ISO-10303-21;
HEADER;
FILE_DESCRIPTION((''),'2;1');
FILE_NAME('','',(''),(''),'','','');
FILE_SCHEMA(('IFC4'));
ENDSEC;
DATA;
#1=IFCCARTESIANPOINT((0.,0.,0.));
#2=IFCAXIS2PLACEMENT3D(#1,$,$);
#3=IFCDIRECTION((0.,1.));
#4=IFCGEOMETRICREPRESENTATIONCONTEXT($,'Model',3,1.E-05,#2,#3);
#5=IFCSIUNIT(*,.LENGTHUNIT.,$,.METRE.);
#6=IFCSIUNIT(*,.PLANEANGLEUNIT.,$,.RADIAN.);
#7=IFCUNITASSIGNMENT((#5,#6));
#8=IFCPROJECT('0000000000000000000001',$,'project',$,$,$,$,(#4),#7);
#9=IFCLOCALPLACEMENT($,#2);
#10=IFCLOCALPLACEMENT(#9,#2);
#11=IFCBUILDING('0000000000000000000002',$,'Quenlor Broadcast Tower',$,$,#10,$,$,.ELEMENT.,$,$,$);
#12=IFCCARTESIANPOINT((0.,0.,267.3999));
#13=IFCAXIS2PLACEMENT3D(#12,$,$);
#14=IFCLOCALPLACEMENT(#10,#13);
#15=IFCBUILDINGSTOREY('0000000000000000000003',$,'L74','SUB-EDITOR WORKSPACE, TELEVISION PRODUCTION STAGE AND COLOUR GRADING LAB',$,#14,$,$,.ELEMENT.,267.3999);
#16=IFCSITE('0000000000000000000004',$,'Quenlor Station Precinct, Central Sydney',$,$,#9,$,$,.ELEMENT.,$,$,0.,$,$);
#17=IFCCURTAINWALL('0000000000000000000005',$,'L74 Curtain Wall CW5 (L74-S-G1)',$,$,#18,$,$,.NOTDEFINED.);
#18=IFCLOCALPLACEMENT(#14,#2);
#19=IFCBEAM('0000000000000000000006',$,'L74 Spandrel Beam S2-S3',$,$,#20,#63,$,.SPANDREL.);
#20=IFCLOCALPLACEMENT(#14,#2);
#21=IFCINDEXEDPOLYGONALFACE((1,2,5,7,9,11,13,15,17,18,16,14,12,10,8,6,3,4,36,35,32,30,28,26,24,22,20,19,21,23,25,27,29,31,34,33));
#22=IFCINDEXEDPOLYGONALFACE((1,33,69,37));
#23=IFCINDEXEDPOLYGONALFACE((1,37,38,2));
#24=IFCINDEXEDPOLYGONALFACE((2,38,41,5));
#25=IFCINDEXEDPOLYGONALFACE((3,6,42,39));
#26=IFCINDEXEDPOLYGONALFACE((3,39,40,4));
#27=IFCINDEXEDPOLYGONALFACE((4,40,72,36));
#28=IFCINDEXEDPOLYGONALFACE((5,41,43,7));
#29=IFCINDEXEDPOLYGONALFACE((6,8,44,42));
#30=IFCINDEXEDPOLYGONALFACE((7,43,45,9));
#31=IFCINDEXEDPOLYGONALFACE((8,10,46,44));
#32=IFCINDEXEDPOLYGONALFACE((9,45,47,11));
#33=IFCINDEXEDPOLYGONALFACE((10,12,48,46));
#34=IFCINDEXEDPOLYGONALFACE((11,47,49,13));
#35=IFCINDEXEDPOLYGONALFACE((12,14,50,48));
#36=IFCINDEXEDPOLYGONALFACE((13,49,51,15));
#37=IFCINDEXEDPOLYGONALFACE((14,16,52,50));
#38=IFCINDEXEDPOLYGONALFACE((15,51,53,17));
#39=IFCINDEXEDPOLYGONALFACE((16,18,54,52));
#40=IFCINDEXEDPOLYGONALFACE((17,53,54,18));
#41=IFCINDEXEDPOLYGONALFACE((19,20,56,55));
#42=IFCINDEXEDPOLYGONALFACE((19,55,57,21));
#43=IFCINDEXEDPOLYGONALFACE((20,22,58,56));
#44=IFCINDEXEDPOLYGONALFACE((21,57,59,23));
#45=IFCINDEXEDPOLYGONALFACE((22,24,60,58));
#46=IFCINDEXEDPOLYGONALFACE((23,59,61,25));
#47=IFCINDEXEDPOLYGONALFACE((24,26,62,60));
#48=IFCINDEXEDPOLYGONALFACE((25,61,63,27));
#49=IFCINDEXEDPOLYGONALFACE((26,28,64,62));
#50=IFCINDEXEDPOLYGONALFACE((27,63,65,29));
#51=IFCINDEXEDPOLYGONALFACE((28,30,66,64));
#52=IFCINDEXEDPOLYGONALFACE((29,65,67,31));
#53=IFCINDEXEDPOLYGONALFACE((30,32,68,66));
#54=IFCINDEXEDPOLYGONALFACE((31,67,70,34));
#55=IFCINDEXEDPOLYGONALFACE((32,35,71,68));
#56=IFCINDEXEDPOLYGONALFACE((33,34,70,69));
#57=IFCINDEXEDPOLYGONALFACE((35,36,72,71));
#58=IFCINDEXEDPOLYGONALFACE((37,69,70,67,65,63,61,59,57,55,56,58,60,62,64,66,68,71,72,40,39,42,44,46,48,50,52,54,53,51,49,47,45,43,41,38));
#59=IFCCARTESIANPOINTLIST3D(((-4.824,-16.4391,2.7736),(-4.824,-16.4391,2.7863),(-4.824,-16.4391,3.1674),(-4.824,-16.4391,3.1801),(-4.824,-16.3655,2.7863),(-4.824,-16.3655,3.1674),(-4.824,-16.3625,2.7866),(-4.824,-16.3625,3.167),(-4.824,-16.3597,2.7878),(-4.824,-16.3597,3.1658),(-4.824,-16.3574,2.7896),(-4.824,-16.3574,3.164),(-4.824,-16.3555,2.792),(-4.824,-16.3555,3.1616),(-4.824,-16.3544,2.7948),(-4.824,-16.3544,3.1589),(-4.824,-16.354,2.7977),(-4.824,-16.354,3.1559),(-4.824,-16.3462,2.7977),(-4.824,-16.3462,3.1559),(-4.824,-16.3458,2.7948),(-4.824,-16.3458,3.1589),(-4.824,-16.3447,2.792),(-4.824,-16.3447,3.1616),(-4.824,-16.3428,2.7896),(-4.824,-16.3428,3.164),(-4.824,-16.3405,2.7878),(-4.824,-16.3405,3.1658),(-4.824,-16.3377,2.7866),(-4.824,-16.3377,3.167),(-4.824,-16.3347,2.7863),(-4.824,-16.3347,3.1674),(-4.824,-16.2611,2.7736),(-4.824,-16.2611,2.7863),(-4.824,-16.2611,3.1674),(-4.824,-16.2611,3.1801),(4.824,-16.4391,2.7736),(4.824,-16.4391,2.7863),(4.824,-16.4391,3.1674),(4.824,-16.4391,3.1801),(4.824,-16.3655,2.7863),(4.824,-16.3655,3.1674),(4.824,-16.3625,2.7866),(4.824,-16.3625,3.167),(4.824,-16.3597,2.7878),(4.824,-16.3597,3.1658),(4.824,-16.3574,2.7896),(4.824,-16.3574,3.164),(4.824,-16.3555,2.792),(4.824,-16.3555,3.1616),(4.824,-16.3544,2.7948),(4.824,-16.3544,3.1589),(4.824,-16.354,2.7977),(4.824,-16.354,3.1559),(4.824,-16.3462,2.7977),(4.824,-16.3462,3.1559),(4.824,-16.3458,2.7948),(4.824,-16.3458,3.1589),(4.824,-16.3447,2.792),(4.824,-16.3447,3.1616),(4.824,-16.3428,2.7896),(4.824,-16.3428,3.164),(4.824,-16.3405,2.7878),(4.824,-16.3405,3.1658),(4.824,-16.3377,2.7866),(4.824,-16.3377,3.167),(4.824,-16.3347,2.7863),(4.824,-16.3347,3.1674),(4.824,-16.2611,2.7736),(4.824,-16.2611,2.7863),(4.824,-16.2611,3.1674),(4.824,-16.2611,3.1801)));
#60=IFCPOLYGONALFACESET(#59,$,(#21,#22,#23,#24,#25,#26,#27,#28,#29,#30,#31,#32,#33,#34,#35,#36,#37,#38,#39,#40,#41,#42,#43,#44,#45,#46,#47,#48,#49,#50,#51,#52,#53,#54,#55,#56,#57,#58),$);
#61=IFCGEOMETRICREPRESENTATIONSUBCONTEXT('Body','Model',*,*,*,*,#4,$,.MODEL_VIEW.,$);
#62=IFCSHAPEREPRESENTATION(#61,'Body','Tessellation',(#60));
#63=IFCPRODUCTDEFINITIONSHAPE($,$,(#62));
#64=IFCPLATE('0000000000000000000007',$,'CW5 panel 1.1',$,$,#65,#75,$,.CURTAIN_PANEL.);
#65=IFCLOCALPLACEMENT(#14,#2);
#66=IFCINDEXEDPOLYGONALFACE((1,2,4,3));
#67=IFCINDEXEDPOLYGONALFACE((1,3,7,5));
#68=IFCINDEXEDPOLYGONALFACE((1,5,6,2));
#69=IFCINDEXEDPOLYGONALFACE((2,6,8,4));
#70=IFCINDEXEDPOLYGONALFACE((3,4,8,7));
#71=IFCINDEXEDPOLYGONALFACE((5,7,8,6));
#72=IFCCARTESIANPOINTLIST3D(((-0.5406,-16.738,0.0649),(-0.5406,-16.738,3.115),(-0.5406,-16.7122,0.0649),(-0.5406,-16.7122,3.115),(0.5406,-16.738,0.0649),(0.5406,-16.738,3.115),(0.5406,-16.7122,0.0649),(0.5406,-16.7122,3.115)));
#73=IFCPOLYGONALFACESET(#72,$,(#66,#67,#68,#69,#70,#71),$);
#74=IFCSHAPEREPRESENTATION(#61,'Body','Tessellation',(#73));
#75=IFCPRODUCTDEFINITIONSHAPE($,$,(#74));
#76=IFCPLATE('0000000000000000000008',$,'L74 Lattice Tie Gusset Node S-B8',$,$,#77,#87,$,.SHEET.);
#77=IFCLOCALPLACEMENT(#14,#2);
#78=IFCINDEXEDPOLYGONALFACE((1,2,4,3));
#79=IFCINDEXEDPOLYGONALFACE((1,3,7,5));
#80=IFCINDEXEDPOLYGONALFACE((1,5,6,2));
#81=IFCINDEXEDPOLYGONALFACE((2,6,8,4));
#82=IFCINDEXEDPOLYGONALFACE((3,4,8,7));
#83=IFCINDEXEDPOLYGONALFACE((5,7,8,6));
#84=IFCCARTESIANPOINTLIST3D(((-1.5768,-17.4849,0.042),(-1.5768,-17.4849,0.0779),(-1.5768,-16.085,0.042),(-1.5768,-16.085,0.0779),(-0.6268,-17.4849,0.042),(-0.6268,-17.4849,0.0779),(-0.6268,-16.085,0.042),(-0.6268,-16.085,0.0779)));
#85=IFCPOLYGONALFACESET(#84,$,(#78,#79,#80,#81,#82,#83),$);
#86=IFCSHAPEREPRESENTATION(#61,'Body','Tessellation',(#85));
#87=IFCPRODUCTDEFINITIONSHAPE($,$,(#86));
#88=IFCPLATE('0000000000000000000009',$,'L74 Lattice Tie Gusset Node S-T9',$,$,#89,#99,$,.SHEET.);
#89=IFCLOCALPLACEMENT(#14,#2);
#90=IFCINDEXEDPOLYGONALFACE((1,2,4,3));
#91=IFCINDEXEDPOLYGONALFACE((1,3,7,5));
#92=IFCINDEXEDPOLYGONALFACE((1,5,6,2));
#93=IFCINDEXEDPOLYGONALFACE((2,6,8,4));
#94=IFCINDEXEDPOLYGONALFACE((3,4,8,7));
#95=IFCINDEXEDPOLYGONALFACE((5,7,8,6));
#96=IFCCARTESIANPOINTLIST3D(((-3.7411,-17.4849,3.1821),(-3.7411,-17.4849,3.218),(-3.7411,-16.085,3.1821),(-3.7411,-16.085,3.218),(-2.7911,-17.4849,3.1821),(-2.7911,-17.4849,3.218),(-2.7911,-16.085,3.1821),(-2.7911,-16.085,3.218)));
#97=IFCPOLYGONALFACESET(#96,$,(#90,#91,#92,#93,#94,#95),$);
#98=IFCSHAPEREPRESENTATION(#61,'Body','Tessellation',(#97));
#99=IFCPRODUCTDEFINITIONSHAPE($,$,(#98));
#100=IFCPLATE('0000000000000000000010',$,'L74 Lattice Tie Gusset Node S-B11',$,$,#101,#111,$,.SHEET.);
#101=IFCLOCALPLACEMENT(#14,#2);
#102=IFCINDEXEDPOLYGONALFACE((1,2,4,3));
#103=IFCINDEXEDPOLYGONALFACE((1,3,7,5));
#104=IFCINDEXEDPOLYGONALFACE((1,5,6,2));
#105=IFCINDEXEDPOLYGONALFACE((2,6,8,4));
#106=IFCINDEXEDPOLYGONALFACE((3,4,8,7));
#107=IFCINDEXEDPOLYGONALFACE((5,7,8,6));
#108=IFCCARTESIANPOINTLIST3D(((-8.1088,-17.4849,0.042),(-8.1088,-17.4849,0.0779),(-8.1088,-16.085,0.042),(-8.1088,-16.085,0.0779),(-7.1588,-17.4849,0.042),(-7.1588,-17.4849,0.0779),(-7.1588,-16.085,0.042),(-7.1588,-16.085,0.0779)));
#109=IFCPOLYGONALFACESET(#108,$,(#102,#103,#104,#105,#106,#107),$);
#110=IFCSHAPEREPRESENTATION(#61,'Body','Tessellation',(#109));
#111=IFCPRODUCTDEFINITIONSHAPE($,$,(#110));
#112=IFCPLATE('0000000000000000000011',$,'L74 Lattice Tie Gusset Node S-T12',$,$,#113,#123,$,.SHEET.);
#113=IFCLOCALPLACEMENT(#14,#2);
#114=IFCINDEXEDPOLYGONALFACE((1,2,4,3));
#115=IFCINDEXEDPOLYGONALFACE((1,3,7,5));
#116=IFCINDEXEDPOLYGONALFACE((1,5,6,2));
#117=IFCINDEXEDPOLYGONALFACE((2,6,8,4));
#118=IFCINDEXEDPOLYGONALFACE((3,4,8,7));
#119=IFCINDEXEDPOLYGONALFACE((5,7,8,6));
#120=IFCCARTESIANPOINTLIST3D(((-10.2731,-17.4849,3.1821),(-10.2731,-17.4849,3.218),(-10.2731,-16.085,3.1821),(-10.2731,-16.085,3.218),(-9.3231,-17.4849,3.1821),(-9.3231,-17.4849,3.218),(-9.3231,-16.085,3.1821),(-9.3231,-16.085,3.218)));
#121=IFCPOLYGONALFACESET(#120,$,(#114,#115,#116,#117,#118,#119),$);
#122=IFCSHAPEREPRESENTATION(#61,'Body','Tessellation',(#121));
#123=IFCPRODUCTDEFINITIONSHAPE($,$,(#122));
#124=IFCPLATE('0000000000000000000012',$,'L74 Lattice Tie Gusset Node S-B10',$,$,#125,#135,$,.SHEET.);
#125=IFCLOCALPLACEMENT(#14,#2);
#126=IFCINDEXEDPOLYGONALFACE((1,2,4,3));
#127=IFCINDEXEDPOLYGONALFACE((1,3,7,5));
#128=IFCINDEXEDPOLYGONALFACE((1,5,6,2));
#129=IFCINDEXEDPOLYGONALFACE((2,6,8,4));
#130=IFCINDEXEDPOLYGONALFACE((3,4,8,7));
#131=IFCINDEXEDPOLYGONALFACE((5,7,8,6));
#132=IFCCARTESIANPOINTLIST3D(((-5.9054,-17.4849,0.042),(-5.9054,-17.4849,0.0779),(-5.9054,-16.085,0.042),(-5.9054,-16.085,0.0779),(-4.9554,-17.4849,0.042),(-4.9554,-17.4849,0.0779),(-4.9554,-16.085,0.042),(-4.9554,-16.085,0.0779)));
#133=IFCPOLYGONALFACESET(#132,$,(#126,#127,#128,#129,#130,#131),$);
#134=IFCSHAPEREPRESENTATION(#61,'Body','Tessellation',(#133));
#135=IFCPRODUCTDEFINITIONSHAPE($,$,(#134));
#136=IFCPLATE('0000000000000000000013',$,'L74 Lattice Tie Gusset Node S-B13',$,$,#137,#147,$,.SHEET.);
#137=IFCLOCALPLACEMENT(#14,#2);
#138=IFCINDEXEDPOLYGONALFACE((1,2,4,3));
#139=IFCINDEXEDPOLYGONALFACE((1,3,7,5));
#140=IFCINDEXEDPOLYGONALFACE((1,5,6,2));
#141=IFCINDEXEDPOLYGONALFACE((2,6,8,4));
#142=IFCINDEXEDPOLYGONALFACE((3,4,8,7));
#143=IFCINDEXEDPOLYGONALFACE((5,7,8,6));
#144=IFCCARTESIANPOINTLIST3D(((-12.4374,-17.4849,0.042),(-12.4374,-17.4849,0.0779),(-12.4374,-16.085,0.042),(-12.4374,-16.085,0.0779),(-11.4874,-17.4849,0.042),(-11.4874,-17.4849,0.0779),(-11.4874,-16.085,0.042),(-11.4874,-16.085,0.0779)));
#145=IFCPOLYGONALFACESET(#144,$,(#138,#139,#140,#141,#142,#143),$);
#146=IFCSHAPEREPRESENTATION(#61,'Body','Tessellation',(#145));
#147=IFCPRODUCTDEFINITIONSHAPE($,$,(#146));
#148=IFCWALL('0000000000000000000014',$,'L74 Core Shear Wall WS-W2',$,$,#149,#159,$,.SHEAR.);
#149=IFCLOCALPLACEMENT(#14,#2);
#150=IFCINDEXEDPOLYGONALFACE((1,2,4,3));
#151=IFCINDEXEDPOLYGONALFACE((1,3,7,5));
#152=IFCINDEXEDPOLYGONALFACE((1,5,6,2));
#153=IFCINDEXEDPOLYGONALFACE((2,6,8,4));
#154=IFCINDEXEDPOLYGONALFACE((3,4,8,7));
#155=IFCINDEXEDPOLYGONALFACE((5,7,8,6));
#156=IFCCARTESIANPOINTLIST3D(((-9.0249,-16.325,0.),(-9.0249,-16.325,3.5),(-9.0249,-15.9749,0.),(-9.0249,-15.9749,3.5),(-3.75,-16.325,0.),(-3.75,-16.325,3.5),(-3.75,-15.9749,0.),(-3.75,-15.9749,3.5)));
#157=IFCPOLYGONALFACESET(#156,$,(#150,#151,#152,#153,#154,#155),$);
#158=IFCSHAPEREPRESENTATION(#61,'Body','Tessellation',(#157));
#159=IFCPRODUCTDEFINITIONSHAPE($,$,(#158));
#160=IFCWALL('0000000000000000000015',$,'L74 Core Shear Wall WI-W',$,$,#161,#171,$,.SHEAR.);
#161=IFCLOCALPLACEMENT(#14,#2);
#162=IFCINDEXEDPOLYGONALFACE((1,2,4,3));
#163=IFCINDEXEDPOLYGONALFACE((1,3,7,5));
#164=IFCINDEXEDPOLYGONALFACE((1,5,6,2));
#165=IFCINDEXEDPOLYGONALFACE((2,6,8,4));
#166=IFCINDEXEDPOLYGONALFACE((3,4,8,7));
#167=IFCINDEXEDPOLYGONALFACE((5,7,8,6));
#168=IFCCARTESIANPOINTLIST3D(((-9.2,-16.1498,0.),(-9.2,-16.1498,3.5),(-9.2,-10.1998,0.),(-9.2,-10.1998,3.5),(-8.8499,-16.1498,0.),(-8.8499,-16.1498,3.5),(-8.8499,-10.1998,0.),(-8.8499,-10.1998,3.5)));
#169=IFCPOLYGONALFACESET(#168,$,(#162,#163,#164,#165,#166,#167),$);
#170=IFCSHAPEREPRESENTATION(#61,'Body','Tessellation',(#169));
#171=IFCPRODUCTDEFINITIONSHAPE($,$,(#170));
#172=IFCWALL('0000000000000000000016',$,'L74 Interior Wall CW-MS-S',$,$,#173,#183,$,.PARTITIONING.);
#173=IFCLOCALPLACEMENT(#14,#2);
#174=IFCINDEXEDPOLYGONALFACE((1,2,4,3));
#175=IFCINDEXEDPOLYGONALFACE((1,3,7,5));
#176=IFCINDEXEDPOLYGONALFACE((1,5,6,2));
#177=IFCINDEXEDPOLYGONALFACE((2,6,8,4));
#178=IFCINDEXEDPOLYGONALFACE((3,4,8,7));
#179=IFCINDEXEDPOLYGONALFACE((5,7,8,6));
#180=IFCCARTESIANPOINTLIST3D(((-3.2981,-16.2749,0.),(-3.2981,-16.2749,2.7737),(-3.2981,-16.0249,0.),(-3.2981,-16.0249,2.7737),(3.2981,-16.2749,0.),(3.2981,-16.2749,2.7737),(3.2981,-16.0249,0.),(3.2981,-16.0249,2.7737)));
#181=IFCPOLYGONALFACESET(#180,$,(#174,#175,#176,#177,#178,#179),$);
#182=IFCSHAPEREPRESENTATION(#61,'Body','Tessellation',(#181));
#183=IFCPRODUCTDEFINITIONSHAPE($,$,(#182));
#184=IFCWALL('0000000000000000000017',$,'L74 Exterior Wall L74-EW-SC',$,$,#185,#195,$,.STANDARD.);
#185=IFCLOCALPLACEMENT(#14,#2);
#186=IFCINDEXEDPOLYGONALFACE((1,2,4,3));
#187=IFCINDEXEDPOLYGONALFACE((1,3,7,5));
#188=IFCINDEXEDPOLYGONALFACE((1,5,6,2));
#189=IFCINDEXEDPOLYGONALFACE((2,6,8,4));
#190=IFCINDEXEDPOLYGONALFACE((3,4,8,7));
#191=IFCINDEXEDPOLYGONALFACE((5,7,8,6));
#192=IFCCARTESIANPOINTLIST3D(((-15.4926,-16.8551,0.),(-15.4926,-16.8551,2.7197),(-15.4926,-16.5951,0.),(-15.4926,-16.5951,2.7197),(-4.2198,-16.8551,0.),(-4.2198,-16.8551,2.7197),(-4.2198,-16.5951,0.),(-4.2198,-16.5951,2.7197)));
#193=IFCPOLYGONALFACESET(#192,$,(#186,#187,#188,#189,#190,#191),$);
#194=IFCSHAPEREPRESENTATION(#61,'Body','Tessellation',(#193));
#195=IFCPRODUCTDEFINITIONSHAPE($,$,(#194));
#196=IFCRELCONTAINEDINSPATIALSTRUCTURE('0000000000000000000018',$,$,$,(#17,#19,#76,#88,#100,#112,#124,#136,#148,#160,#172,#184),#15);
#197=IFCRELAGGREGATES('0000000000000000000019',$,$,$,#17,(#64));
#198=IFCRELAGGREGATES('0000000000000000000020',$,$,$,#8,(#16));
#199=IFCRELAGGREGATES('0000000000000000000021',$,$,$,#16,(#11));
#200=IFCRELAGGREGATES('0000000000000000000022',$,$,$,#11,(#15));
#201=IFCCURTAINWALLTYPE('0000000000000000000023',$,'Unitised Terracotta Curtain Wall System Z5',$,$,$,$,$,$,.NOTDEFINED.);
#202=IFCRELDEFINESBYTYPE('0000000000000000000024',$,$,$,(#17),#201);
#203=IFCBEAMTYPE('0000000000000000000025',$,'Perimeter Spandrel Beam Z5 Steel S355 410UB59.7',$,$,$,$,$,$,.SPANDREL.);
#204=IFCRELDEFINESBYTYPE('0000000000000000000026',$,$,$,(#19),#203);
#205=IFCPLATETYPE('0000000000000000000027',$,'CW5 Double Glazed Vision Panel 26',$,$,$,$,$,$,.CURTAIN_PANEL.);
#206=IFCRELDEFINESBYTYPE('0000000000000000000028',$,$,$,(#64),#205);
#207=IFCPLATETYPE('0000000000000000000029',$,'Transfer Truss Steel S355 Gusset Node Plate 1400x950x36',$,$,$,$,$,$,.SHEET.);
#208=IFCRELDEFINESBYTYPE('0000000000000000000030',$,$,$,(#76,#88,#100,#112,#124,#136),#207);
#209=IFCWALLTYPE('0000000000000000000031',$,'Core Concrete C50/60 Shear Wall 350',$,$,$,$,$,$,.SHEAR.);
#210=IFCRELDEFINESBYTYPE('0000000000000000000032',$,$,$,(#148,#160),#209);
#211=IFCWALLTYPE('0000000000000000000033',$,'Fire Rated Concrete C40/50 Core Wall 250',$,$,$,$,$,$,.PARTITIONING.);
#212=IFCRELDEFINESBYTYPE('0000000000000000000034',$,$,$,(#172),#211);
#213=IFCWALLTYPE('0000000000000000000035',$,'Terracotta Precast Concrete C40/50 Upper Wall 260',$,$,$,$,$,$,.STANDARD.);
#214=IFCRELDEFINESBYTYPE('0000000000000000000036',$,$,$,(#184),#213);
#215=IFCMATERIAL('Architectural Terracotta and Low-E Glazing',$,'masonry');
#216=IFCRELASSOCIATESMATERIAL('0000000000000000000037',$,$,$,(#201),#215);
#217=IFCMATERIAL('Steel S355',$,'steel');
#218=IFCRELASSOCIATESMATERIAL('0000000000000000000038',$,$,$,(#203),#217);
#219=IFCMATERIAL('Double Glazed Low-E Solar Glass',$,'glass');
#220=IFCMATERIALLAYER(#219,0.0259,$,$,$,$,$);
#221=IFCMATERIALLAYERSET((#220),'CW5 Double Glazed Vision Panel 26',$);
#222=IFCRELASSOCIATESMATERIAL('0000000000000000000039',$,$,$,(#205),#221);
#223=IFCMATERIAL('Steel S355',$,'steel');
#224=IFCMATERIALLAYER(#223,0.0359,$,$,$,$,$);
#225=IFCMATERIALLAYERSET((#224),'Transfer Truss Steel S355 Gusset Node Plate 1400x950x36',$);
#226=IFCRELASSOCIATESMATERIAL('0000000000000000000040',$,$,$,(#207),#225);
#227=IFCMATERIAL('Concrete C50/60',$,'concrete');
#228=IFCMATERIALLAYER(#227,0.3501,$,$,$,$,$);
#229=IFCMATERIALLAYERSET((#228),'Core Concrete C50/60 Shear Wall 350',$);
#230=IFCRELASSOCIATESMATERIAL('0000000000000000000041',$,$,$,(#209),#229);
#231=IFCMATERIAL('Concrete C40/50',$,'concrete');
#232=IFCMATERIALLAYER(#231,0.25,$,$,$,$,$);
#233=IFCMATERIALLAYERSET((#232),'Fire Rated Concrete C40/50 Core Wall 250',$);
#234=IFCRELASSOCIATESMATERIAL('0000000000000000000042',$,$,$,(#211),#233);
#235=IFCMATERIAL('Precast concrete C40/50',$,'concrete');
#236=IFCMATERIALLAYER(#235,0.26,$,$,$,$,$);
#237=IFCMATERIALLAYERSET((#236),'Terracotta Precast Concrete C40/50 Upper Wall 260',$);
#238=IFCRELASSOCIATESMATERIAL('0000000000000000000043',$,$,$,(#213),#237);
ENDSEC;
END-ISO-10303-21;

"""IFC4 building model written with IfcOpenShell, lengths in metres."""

from ifc_helpers import new_model, si_unit, direction, frame, frame_2d, origin, origin_2d, place, context, subcontext, project, spatial, rectangle, i_section, extrude, material, layer, layer_set, material_profile, profile_set, type_object, element, aggregate, save


model = new_model("IFC4")

# Units and contexts
model_context = context("Model", 3, precision=1e-05, world=origin(), true_north=direction((0.0, 1.0)))
body_context = subcontext(model_context, "Body", "Model", "MODEL_VIEW")
ifc_project = project(units=[si_unit("LENGTHUNIT", "METRE"), si_unit("PLANEANGLEUNIT", "RADIAN")], contexts=[model_context])

# Site, building, storey
site_placement = place(None, origin())
site = spatial("IfcSite", under=ifc_project, at=site_placement, Name="Quenlor Station Precinct, Central Sydney", CompositionType="ELEMENT", RefElevation=0.0)
building_placement = place(site_placement, origin())
building = spatial("IfcBuilding", under=site, at=building_placement, Name="Quenlor Broadcast Tower", CompositionType="ELEMENT")
storey_placement = place(building_placement, frame((0.0, 0.0, 267.3999)))
storey = spatial("IfcBuildingStorey", under=building, at=storey_placement, Name="L74", Description="SUB-EDITOR WORKSPACE, TELEVISION PRODUCTION STAGE AND COLOUR GRADING LAB", CompositionType="ELEMENT", Elevation=267.3999)

# Curtain wall
ifc_material_1 = material(Name="Architectural Terracotta and Low-E Glazing", Category="masonry")
curtain_wall_type = type_object("IfcCurtainWallType", Name="Unitised Terracotta Curtain Wall System Z5", PredefinedType="NOTDEFINED", material=ifc_material_1)
curtain_wall_placement = place(storey_placement, origin())
curtain_wall = element("IfcCurtainWall", 1, at=curtain_wall_placement, inside=storey, type_object=curtain_wall_type, Name="L74 Curtain Wall CW5 (L74-S-G1)", PredefinedType="NOTDEFINED")

# Beam
ifc_material_2 = material(Name="Steel S355", Category="steel")
ifc_material_profile_1 = material_profile(ifc_material_2, i_section(OverallWidth=0.178, OverallDepth=0.4065, WebThickness=0.0078, FlangeThickness=0.0127, FilletRadius=0.0115, at=origin_2d()))
ifc_profile_set_1 = profile_set([ifc_material_profile_1], Name="Steel S355 410UB59.7")
beam_type_1 = type_object("IfcBeamType", Name="Perimeter Spandrel Beam Z5 Steel S355 410UB59.7", PredefinedType="SPANDREL", material=ifc_profile_set_1)
beam_1_placement = place(storey_placement, frame((-4.824, -16.3501, 2.9768), z_axis=(1.0, 0.0, 0.0), x_axis=(0.0, 1.0, 0.0)))
element("IfcBeam", 2, at=beam_1_placement, inside=storey, type_object=beam_type_1, Name="L74 Spandrel Beam S2-S3", PredefinedType="SPANDREL", context=body_context, shape_type="SweptSolid", body=[
    extrude(i_section(OverallWidth=0.178, OverallDepth=0.4065, WebThickness=0.0078, FlangeThickness=0.0127, FilletRadius=0.0115, at=origin_2d()), origin(), (0.0, 0.0, 1.0), 9.6479),
])

# Plate
ifc_material_3 = material(Name="Double Glazed Low-E Solar Glass", Category="glass")
ifc_layer_1 = layer(ifc_material_3, 0.0259)
ifc_layer_set_1 = layer_set([ifc_layer_1], Name="CW5 Double Glazed Vision Panel 26")
plate_type_1 = type_object("IfcPlateType", Name="CW5 Double Glazed Vision Panel 26", PredefinedType="CURTAIN_PANEL", material=ifc_layer_set_1)
plate_placement = place(storey_placement, frame((0.0, -16.7251, 0.0649), z_axis=(0.0, 0.0, 1.0), x_axis=(-1.0, 0.0, 0.0)))
plate = element("IfcPlate", 3, at=plate_placement, type_object=plate_type_1, Name="CW5 panel 1.1", PredefinedType="CURTAIN_PANEL", context=body_context, shape_type="SweptSolid", body=[
    extrude(rectangle(XDim=1.0813, YDim=0.0259, at=origin_2d()), origin(), (0.0, 0.0, 1.0), 3.05),
])
aggregate(curtain_wall, [plate])

# Plates
ifc_material_4 = material(Name="Steel S355", Category="steel")
ifc_layer_2 = layer(ifc_material_4, 0.0359)
ifc_layer_set_2 = layer_set([ifc_layer_2], Name="Transfer Truss Steel S355 Gusset Node Plate 1400x950x36")
plate_type_2 = type_object("IfcPlateType", Name="Transfer Truss Steel S355 Gusset Node Plate 1400x950x36", PredefinedType="SHEET", material=ifc_layer_set_2)
for number, where, z_axis, x_axis, name in (
    (4, (-1.1018, -16.7849, 0.042), (0.0, 0.0, 1.0), (0.0, -1.0, 0.0), "L74 Lattice Tie Gusset Node S-B8"),
    (5, (-3.2661, -16.7849, 3.1821), (0.0, 0.0, 1.0), (0.0, -1.0, 0.0), "L74 Lattice Tie Gusset Node S-T9"),
    (6, (-7.6338, -16.7849, 0.042), (0.0, 0.0, 1.0), (0.0, -1.0, 0.0), "L74 Lattice Tie Gusset Node S-B11"),
    (7, (-9.7981, -16.7849, 3.1821), (0.0, 0.0, 1.0), (0.0, -1.0, 0.0), "L74 Lattice Tie Gusset Node S-T12"),
    (8, (-5.4304, -16.7849, 0.042), (0.0, 0.0, 1.0), (0.0, -1.0, 0.0), "L74 Lattice Tie Gusset Node S-B10"),
    (9, (-11.9624, -16.7849, 0.042), (0.0, 0.0, 1.0), (0.0, -1.0, 0.0), "L74 Lattice Tie Gusset Node S-B13"),
):
    element("IfcPlate", number, at=place(storey_placement, frame(where, z_axis=z_axis, x_axis=x_axis)), inside=storey, type_object=plate_type_2, Name=name, PredefinedType="SHEET", context=body_context, shape_type="SweptSolid", body=[
        extrude(rectangle(XDim=1.3999, YDim=0.95, at=origin_2d()), origin(), (0.0, 0.0, 1.0), 0.0359),
    ])

# Walls
ifc_material_5 = material(Name="Concrete C50/60", Category="concrete")
ifc_layer_3 = layer(ifc_material_5, 0.3501)
ifc_layer_set_3 = layer_set([ifc_layer_3], Name="Core Concrete C50/60 Shear Wall 350")
wall_type_1 = type_object("IfcWallType", Name="Core Concrete C50/60 Shear Wall 350", PredefinedType="SHEAR", material=ifc_layer_set_3)
wall_1_placement = place(storey_placement, frame((-9.0249, -16.1499, 0.0), z_axis=(0.0, 0.0, 1.0), x_axis=(1.0, 0.0, 0.0)))
element("IfcWall", 10, at=wall_1_placement, inside=storey, type_object=wall_type_1, Name="L74 Core Shear Wall WS-W2", PredefinedType="SHEAR", context=body_context, shape_type="SweptSolid", body=[
    extrude(rectangle(XDim=5.2749, YDim=0.3501, at=frame_2d((2.6375, 0.0))), origin(), (0.0, 0.0, 1.0), 3.5),
])
wall_2_placement = place(storey_placement, frame((-9.0249, -16.1499, 0.0), z_axis=(0.0, 0.0, 1.0), x_axis=(0.0, 1.0, 0.0)))
element("IfcWall", 11, at=wall_2_placement, inside=storey, type_object=wall_type_1, Name="L74 Core Shear Wall WI-W", PredefinedType="SHEAR", context=body_context, shape_type="SweptSolid", body=[
    extrude(rectangle(XDim=5.95, YDim=0.3501, at=frame_2d((2.9751, 0.0))), origin(), (0.0, 0.0, 1.0), 3.5),
])
ifc_material_6 = material(Name="Concrete C40/50", Category="concrete")
ifc_layer_4 = layer(ifc_material_6, 0.25)
ifc_layer_set_4 = layer_set([ifc_layer_4], Name="Fire Rated Concrete C40/50 Core Wall 250")
wall_type_2 = type_object("IfcWallType", Name="Fire Rated Concrete C40/50 Core Wall 250", PredefinedType="PARTITIONING", material=ifc_layer_set_4)
wall_3_placement = place(storey_placement, frame((-3.2981, -16.1499, 0.0), z_axis=(0.0, 0.0, 1.0), x_axis=(1.0, 0.0, 0.0)))
element("IfcWall", 12, at=wall_3_placement, inside=storey, type_object=wall_type_2, Name="L74 Interior Wall CW-MS-S", PredefinedType="PARTITIONING", context=body_context, shape_type="SweptSolid", body=[
    extrude(rectangle(XDim=6.5962, YDim=0.25, at=frame_2d((3.2981, 0.0))), origin(), (0.0, 0.0, 1.0), 2.7737),
])
ifc_material_7 = material(Name="Precast concrete C40/50", Category="concrete")
ifc_layer_5 = layer(ifc_material_7, 0.26)
ifc_layer_set_5 = layer_set([ifc_layer_5], Name="Terracotta Precast Concrete C40/50 Upper Wall 260")
wall_type_3 = type_object("IfcWallType", Name="Terracotta Precast Concrete C40/50 Upper Wall 260", PredefinedType="STANDARD", material=ifc_layer_set_5)
wall_4_placement = place(storey_placement, frame((-4.22, -16.7251, 0.0), z_axis=(0.0, 0.0, 1.0), x_axis=(-1.0, 0.0, 0.0)))
element("IfcWall", 13, at=wall_4_placement, inside=storey, type_object=wall_type_3, Name="L74 Exterior Wall L74-EW-SC", PredefinedType="STANDARD", context=body_context, shape_type="SweptSolid", body=[
    extrude(rectangle(XDim=11.2727, YDim=0.26, at=frame_2d((5.6362, 0.0))), origin(), (0.0, 0.0, 1.0), 2.7197),
])

save(model, "model.ifc")
